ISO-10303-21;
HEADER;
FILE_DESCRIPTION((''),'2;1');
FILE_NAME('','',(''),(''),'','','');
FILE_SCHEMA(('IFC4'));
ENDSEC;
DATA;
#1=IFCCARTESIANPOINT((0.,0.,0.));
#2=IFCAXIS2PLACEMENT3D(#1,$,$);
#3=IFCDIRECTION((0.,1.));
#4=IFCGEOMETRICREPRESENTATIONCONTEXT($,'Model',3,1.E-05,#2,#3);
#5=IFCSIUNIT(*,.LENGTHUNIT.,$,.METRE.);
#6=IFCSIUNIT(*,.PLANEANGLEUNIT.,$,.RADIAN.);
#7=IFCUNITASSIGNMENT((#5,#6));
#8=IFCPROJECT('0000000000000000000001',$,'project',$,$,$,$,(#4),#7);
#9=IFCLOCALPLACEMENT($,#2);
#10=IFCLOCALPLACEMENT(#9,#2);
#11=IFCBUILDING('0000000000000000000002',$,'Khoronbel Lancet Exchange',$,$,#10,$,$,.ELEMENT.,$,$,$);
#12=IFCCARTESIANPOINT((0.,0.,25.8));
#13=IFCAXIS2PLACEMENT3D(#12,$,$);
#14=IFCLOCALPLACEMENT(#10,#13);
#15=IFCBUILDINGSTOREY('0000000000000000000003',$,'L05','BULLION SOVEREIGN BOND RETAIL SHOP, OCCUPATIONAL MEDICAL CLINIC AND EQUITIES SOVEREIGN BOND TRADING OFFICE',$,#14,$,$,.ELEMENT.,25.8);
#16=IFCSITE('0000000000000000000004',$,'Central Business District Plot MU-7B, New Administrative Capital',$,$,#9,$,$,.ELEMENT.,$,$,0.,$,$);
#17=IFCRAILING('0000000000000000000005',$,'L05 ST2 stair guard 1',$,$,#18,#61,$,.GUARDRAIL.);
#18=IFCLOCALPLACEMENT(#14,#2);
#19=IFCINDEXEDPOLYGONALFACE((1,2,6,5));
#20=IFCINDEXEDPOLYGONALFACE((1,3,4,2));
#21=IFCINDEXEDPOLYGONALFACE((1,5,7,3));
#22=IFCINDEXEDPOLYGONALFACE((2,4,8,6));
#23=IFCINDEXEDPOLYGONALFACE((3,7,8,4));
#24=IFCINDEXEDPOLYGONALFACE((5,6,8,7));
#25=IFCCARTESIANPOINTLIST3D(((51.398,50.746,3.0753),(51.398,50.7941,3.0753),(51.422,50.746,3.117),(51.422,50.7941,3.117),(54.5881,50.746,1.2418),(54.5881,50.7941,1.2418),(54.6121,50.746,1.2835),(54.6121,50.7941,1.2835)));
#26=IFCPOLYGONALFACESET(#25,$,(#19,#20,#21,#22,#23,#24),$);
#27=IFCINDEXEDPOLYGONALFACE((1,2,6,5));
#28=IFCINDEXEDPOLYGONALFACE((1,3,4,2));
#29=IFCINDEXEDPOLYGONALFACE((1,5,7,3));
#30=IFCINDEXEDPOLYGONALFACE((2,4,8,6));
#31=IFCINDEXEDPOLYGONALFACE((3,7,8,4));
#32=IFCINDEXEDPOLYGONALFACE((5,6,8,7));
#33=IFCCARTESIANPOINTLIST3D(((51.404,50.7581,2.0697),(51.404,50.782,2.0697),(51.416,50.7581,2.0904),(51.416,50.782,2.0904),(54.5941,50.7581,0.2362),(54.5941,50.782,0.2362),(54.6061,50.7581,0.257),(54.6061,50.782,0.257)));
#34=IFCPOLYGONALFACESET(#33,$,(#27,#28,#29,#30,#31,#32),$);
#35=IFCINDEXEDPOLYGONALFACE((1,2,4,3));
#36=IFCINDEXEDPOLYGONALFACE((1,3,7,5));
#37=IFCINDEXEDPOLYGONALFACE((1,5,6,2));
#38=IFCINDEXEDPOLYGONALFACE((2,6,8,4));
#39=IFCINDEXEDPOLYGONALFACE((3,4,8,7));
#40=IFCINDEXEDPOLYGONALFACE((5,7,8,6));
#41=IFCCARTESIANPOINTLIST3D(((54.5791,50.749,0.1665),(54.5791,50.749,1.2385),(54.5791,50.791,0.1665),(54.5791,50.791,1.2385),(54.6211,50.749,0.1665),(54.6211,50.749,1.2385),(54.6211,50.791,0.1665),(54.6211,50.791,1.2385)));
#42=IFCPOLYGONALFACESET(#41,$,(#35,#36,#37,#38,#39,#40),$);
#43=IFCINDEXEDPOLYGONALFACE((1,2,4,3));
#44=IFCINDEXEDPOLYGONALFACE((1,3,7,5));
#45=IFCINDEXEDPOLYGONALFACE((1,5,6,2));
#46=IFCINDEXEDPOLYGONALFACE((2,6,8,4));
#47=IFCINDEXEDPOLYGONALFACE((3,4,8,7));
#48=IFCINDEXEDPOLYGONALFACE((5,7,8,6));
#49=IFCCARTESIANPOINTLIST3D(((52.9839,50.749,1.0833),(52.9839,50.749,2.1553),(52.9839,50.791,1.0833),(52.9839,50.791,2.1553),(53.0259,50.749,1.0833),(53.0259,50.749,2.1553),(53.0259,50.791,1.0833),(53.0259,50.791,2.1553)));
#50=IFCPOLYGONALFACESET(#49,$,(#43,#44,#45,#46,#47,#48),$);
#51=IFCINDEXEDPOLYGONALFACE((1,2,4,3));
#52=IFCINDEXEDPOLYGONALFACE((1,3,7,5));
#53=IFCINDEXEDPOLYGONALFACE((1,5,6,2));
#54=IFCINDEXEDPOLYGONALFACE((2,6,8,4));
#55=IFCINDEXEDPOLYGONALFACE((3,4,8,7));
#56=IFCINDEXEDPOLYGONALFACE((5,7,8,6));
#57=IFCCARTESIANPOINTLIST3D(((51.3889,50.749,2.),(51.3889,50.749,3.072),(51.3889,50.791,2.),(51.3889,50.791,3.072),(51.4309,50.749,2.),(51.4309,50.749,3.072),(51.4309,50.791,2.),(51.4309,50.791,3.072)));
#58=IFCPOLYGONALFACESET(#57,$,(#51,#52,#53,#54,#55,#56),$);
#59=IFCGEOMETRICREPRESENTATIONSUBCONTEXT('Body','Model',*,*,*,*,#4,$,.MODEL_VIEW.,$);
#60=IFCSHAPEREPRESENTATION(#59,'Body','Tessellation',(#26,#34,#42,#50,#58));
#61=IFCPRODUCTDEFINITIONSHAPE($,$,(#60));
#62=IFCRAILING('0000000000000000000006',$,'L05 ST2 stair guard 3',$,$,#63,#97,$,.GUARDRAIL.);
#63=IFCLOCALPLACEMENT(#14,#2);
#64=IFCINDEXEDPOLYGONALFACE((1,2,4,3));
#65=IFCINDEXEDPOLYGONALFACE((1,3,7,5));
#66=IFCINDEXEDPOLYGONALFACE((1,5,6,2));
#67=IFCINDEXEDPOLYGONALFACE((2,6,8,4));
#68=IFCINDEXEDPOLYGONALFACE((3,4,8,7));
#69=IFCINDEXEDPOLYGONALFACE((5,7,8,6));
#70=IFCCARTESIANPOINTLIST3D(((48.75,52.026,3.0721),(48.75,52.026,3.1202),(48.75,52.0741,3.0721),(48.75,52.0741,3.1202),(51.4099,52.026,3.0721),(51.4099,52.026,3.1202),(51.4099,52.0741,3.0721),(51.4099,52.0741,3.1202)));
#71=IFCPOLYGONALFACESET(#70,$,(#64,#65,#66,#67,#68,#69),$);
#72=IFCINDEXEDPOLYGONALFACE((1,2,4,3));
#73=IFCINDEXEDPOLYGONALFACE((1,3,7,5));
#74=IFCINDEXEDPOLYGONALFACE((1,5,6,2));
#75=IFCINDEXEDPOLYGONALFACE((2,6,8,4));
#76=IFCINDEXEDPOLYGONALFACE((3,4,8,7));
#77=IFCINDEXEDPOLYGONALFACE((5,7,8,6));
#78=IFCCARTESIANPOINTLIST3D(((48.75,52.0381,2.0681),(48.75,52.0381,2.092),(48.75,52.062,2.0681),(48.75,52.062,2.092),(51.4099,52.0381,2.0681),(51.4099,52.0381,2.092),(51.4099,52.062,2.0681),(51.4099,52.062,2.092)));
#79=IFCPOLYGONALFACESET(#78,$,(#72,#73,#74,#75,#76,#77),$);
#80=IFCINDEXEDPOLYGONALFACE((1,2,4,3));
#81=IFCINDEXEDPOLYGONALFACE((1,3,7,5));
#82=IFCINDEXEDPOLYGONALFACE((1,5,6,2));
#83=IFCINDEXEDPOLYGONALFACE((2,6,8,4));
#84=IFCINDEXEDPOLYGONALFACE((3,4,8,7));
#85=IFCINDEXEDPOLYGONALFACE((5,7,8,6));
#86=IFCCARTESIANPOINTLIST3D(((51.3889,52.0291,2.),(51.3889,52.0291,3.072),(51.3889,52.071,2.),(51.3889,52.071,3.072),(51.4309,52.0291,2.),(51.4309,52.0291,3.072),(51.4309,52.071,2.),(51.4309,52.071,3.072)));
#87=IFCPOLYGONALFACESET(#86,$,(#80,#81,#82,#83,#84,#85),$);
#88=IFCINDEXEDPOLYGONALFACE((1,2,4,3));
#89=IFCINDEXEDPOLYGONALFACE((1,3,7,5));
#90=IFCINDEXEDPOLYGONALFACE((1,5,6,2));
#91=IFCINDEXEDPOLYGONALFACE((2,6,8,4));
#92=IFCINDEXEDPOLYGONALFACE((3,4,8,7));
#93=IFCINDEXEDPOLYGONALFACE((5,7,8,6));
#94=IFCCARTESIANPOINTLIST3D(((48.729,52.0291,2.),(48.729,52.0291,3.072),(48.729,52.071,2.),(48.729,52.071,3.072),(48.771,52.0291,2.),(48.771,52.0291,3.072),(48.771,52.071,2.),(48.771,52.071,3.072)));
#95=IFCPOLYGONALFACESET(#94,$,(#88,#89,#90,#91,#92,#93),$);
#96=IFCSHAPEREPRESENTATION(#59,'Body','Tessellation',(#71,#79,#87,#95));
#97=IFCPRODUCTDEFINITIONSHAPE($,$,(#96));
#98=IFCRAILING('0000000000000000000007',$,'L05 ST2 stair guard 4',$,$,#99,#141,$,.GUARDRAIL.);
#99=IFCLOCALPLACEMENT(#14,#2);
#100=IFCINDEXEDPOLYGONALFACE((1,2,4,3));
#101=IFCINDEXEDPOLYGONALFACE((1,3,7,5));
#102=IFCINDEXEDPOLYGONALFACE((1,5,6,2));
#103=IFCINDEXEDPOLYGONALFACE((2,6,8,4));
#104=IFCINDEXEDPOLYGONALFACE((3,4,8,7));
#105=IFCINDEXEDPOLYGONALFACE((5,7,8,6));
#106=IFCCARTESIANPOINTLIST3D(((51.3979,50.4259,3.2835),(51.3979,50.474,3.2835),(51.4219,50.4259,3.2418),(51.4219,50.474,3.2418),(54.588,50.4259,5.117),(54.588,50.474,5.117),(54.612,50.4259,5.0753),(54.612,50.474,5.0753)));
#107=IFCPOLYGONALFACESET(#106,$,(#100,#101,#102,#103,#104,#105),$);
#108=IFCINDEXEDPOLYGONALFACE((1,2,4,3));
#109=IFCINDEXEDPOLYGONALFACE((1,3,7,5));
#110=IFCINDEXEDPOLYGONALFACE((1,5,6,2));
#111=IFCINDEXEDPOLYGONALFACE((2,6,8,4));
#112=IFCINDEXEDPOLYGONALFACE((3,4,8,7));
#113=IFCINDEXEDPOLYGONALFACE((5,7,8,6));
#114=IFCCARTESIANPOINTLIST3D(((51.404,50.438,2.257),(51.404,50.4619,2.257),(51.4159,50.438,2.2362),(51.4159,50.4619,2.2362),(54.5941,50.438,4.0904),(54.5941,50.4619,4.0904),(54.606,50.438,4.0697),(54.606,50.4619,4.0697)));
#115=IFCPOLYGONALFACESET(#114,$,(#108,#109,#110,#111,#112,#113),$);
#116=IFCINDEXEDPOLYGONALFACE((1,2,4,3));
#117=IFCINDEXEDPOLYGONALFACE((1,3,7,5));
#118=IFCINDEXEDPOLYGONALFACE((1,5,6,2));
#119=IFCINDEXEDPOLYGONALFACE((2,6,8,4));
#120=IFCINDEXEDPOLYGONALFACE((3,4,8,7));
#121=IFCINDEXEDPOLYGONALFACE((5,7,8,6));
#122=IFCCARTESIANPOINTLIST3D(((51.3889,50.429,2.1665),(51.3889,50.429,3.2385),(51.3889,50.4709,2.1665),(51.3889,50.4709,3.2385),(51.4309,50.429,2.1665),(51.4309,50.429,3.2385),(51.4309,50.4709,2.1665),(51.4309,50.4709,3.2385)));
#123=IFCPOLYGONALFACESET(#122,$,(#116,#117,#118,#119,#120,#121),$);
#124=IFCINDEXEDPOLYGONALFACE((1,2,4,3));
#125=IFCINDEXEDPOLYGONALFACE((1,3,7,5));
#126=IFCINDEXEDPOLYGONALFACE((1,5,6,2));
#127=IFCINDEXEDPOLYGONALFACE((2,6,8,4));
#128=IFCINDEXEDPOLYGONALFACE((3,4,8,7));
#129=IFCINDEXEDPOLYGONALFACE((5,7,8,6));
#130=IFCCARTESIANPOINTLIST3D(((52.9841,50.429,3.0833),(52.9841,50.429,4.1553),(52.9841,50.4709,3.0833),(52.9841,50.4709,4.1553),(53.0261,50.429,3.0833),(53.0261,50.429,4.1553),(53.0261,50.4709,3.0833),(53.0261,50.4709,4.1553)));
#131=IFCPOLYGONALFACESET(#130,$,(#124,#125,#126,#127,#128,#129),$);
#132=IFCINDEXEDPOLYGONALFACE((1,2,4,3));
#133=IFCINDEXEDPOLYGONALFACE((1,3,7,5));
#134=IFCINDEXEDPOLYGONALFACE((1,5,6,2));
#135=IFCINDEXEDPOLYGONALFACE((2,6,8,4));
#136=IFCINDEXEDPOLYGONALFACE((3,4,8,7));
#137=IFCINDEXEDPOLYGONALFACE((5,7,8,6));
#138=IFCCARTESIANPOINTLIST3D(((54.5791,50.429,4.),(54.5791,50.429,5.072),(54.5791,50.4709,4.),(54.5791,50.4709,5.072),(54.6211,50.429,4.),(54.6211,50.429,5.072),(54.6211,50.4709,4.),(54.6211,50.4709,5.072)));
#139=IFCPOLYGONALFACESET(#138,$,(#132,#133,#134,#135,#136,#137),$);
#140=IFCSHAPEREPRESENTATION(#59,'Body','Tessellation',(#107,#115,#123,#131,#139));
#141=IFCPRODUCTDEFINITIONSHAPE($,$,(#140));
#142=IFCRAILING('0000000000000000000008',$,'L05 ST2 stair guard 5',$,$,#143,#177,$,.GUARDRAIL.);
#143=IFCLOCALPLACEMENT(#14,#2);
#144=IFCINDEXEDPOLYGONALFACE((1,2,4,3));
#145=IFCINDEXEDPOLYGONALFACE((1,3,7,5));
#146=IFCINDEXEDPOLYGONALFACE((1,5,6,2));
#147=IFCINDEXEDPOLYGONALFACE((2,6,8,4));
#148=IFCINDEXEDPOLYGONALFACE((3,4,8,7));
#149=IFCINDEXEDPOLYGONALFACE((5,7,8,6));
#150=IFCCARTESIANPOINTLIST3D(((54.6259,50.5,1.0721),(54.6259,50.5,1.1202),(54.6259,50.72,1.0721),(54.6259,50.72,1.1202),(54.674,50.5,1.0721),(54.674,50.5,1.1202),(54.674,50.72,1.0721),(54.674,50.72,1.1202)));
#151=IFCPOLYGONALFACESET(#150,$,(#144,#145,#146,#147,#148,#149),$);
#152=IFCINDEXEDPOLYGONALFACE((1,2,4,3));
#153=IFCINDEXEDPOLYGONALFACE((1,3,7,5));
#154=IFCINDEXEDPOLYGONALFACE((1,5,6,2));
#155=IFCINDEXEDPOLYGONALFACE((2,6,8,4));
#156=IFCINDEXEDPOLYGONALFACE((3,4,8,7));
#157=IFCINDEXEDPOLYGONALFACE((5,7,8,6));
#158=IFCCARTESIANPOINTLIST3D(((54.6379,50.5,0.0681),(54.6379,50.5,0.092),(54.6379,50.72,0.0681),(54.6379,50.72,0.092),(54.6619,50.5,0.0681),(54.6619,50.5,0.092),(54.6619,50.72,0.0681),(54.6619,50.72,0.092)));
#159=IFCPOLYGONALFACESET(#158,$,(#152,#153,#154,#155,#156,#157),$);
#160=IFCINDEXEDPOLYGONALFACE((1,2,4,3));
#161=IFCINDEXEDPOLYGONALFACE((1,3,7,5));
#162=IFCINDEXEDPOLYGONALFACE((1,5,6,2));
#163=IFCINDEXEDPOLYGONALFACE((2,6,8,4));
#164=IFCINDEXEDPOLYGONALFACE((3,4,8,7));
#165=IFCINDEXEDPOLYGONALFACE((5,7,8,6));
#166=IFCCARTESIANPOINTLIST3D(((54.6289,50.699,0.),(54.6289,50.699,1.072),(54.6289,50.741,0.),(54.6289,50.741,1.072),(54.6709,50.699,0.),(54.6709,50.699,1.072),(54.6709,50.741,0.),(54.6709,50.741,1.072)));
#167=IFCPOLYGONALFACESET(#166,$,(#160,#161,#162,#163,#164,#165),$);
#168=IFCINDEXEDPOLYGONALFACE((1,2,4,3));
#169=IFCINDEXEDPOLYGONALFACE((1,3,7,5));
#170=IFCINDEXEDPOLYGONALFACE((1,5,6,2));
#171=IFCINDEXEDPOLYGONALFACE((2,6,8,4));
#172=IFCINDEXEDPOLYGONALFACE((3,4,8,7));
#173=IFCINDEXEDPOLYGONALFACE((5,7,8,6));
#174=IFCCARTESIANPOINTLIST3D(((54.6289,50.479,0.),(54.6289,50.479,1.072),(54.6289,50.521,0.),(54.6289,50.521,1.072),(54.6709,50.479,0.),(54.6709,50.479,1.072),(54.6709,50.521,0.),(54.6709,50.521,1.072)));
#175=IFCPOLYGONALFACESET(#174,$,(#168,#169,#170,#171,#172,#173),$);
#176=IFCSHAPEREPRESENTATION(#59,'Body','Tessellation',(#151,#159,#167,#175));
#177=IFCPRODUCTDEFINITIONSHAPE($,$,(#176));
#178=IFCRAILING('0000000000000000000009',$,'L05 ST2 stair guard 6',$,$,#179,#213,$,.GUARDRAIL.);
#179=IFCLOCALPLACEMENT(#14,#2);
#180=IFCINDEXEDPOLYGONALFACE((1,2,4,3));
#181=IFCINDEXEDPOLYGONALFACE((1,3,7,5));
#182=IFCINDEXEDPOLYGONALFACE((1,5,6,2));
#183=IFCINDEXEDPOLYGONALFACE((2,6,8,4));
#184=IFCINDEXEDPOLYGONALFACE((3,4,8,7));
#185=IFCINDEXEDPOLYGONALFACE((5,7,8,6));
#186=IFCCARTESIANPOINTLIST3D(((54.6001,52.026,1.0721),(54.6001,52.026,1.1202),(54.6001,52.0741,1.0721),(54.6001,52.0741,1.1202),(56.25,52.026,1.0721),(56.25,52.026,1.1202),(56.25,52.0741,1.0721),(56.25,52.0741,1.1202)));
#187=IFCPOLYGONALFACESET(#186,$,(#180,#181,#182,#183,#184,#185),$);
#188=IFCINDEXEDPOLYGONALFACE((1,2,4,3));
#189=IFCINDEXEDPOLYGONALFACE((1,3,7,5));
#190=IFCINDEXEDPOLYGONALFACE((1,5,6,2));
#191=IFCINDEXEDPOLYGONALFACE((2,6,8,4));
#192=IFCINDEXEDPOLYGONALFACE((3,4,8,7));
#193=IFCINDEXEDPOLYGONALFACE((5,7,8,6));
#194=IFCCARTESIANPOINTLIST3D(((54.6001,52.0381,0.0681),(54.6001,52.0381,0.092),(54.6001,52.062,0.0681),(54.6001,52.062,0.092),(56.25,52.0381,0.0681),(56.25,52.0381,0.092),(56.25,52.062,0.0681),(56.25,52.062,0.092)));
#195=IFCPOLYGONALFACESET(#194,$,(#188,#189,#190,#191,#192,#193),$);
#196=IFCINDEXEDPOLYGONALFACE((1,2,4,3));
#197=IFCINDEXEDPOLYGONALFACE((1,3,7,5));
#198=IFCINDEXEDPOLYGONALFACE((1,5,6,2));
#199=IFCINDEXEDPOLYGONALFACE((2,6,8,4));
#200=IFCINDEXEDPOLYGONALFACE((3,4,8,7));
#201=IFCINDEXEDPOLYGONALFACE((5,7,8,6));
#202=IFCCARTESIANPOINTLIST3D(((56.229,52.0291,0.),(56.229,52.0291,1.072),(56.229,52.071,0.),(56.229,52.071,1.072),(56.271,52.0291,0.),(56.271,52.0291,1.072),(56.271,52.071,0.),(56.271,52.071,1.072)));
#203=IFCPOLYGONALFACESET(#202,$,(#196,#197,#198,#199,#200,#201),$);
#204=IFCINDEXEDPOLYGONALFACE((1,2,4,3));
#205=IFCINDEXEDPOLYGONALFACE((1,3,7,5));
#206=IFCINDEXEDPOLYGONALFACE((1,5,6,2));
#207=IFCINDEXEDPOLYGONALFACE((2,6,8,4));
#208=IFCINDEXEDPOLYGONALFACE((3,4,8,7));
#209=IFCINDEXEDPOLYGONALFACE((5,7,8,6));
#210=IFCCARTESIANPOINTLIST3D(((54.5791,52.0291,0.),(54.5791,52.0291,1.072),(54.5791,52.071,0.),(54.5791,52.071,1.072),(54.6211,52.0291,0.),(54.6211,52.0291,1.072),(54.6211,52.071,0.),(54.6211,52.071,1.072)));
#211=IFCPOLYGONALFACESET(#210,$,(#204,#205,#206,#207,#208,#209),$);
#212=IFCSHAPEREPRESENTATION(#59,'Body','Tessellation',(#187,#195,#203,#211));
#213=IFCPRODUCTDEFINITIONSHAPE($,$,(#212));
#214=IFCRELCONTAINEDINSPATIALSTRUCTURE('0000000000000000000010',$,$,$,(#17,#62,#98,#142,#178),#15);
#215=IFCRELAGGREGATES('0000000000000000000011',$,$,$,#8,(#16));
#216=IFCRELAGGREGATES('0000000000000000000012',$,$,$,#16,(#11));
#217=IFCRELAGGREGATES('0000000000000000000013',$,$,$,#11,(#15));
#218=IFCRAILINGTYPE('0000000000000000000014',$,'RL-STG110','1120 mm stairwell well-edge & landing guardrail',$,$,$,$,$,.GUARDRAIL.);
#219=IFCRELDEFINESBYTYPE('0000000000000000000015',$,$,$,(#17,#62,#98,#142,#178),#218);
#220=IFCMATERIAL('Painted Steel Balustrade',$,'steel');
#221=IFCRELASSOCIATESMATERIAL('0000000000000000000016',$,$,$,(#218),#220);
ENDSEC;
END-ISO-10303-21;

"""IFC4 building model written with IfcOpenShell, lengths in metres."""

from ifc_helpers import new_model, si_unit, direction, frame, origin, origin_2d, place, context, subcontext, project, spatial, rectangle, extrude, material, type_object, element, save


model = new_model("IFC4")

# Units and contexts
model_context = context("Model", 3, precision=1e-05, world=origin(), true_north=direction((0.0, 1.0)))
body_context = subcontext(model_context, "Body", "Model", "MODEL_VIEW")
ifc_project = project(units=[si_unit("LENGTHUNIT", "METRE"), si_unit("PLANEANGLEUNIT", "RADIAN")], contexts=[model_context])

# Site, building, storey
site_placement = place(None, origin())
site = spatial("IfcSite", under=ifc_project, at=site_placement, Name="Central Business District Plot MU-7B, New Administrative Capital", CompositionType="ELEMENT", RefElevation=0.0)
building_placement = place(site_placement, origin())
building = spatial("IfcBuilding", under=site, at=building_placement, Name="Khoronbel Lancet Exchange", CompositionType="ELEMENT")
storey_placement = place(building_placement, frame((0.0, 0.0, 25.8)))
storey = spatial("IfcBuildingStorey", under=building, at=storey_placement, Name="L05", Description="BULLION SOVEREIGN BOND RETAIL SHOP, OCCUPATIONAL MEDICAL CLINIC AND EQUITIES SOVEREIGN BOND TRADING OFFICE", CompositionType="ELEMENT", Elevation=25.8)

# Railings
ifc_material_1 = material(Name="Painted Steel Balustrade", Category="steel")
railing_type_1 = type_object("IfcRailingType", Name="RL-STG110", Description="1120 mm stairwell well-edge & landing guardrail", PredefinedType="GUARDRAIL", material=ifc_material_1)
railing_1_placement = place(storey_placement, frame((54.6001, 50.77, 0.1665)))
element("IfcRailing", 1, at=railing_1_placement, inside=storey, type_object=railing_type_1, Name="L05 ST2 stair guard 1", PredefinedType="GUARDRAIL", context=body_context, shape_type="SweptSolid", body=[
    extrude(rectangle(XDim=0.0481, YDim=0.0481, at=origin_2d()), frame((0.0, 0.0, 1.0962), z_axis=(-0.867007, 0.0, 0.498295), x_axis=(0.0, -1.0, 0.0)), (0.0, 0.0, 1.0), 3.6794),
    extrude(rectangle(XDim=0.0239, YDim=0.0239, at=origin_2d()), frame((0.0, 0.0, 0.0801), z_axis=(-0.867007, 0.0, 0.498295), x_axis=(0.0, -1.0, 0.0)), (0.0, 0.0, 1.0), 3.6794),
    extrude(rectangle(XDim=0.042, YDim=0.042, at=origin_2d()), origin(), (0.0, 0.0, 1.0), 1.072),
    extrude(rectangle(XDim=0.042, YDim=0.042, at=origin_2d()), frame((-1.5952, 0.0, 0.9167)), (0.0, 0.0, 1.0), 1.072),
    extrude(rectangle(XDim=0.042, YDim=0.042, at=origin_2d()), frame((-3.1902, 0.0, 1.8335)), (0.0, 0.0, 1.0), 1.072),
])
railing_2_placement = place(storey_placement, frame((51.4099, 52.05, 2.0)))
element("IfcRailing", 2, at=railing_2_placement, inside=storey, type_object=railing_type_1, Name="L05 ST2 stair guard 3", PredefinedType="GUARDRAIL", context=body_context, shape_type="SweptSolid", body=[
    extrude(rectangle(XDim=0.0481, YDim=0.0481, at=origin_2d()), frame((0.0, 0.0, 1.0962), z_axis=(-1.0, 0.0, 0.0), x_axis=(0.0, -1.0, 0.0)), (0.0, 0.0, 1.0), 2.6599),
    extrude(rectangle(XDim=0.0239, YDim=0.0239, at=origin_2d()), frame((0.0, 0.0, 0.0801), z_axis=(-1.0, 0.0, 0.0), x_axis=(0.0, -1.0, 0.0)), (0.0, 0.0, 1.0), 2.6599),
    extrude(rectangle(XDim=0.042, YDim=0.042, at=origin_2d()), origin(), (0.0, 0.0, 1.0), 1.072),
    extrude(rectangle(XDim=0.042, YDim=0.042, at=origin_2d()), frame((-2.6599, 0.0, 0.0)), (0.0, 0.0, 1.0), 1.072),
])
railing_3_placement = place(storey_placement, frame((51.4099, 50.45, 2.1665)))
element("IfcRailing", 3, at=railing_3_placement, inside=storey, type_object=railing_type_1, Name="L05 ST2 stair guard 4", PredefinedType="GUARDRAIL", context=body_context, shape_type="SweptSolid", body=[
    extrude(rectangle(XDim=0.0481, YDim=0.0481, at=origin_2d()), frame((0.0, 0.0, 1.0962), z_axis=(0.867007, 0.0, 0.498295), x_axis=(0.0, 1.0, 0.0)), (0.0, 0.0, 1.0), 3.6794),
    extrude(rectangle(XDim=0.0239, YDim=0.0239, at=origin_2d()), frame((0.0, 0.0, 0.0801), z_axis=(0.867007, 0.0, 0.498295), x_axis=(0.0, 1.0, 0.0)), (0.0, 0.0, 1.0), 3.6794),
    extrude(rectangle(XDim=0.042, YDim=0.042, at=origin_2d()), origin(), (0.0, 0.0, 1.0), 1.072),
    extrude(rectangle(XDim=0.042, YDim=0.042, at=origin_2d()), frame((1.5952, 0.0, 0.9167)), (0.0, 0.0, 1.0), 1.072),
    extrude(rectangle(XDim=0.042, YDim=0.042, at=origin_2d()), frame((3.1902, 0.0, 1.8335)), (0.0, 0.0, 1.0), 1.072),
])
railing_4_placement = place(storey_placement, frame((54.6499, 50.72, 0.0)))
element("IfcRailing", 4, at=railing_4_placement, inside=storey, type_object=railing_type_1, Name="L05 ST2 stair guard 5", PredefinedType="GUARDRAIL", context=body_context, shape_type="SweptSolid", body=[
    extrude(rectangle(XDim=0.0481, YDim=0.0481, at=origin_2d()), frame((0.0, 0.0, 1.0962), z_axis=(0.0, -1.0, 0.0), x_axis=(1.0, 0.0, 0.0)), (0.0, 0.0, 1.0), 0.22),
    extrude(rectangle(XDim=0.0239, YDim=0.0239, at=origin_2d()), frame((0.0, 0.0, 0.0801), z_axis=(0.0, -1.0, 0.0), x_axis=(1.0, 0.0, 0.0)), (0.0, 0.0, 1.0), 0.22),
    extrude(rectangle(XDim=0.042, YDim=0.042, at=origin_2d()), origin(), (0.0, 0.0, 1.0), 1.072),
    extrude(rectangle(XDim=0.042, YDim=0.042, at=origin_2d()), frame((0.0, -0.22, 0.0)), (0.0, 0.0, 1.0), 1.072),
])
railing_5_placement = place(storey_placement, frame((56.25, 52.05, 0.0)))
element("IfcRailing", 5, at=railing_5_placement, inside=storey, type_object=railing_type_1, Name="L05 ST2 stair guard 6", PredefinedType="GUARDRAIL", context=body_context, shape_type="SweptSolid", body=[
    extrude(rectangle(XDim=0.0481, YDim=0.0481, at=origin_2d()), frame((0.0, 0.0, 1.0962), z_axis=(-1.0, 0.0, 0.0), x_axis=(0.0, -1.0, 0.0)), (0.0, 0.0, 1.0), 1.6499),
    extrude(rectangle(XDim=0.0239, YDim=0.0239, at=origin_2d()), frame((0.0, 0.0, 0.0801), z_axis=(-1.0, 0.0, 0.0), x_axis=(0.0, -1.0, 0.0)), (0.0, 0.0, 1.0), 1.6499),
    extrude(rectangle(XDim=0.042, YDim=0.042, at=origin_2d()), origin(), (0.0, 0.0, 1.0), 1.072),
    extrude(rectangle(XDim=0.042, YDim=0.042, at=origin_2d()), frame((-1.6499, 0.0, 0.0)), (0.0, 0.0, 1.0), 1.072),
])

save(model, "model.ifc")
